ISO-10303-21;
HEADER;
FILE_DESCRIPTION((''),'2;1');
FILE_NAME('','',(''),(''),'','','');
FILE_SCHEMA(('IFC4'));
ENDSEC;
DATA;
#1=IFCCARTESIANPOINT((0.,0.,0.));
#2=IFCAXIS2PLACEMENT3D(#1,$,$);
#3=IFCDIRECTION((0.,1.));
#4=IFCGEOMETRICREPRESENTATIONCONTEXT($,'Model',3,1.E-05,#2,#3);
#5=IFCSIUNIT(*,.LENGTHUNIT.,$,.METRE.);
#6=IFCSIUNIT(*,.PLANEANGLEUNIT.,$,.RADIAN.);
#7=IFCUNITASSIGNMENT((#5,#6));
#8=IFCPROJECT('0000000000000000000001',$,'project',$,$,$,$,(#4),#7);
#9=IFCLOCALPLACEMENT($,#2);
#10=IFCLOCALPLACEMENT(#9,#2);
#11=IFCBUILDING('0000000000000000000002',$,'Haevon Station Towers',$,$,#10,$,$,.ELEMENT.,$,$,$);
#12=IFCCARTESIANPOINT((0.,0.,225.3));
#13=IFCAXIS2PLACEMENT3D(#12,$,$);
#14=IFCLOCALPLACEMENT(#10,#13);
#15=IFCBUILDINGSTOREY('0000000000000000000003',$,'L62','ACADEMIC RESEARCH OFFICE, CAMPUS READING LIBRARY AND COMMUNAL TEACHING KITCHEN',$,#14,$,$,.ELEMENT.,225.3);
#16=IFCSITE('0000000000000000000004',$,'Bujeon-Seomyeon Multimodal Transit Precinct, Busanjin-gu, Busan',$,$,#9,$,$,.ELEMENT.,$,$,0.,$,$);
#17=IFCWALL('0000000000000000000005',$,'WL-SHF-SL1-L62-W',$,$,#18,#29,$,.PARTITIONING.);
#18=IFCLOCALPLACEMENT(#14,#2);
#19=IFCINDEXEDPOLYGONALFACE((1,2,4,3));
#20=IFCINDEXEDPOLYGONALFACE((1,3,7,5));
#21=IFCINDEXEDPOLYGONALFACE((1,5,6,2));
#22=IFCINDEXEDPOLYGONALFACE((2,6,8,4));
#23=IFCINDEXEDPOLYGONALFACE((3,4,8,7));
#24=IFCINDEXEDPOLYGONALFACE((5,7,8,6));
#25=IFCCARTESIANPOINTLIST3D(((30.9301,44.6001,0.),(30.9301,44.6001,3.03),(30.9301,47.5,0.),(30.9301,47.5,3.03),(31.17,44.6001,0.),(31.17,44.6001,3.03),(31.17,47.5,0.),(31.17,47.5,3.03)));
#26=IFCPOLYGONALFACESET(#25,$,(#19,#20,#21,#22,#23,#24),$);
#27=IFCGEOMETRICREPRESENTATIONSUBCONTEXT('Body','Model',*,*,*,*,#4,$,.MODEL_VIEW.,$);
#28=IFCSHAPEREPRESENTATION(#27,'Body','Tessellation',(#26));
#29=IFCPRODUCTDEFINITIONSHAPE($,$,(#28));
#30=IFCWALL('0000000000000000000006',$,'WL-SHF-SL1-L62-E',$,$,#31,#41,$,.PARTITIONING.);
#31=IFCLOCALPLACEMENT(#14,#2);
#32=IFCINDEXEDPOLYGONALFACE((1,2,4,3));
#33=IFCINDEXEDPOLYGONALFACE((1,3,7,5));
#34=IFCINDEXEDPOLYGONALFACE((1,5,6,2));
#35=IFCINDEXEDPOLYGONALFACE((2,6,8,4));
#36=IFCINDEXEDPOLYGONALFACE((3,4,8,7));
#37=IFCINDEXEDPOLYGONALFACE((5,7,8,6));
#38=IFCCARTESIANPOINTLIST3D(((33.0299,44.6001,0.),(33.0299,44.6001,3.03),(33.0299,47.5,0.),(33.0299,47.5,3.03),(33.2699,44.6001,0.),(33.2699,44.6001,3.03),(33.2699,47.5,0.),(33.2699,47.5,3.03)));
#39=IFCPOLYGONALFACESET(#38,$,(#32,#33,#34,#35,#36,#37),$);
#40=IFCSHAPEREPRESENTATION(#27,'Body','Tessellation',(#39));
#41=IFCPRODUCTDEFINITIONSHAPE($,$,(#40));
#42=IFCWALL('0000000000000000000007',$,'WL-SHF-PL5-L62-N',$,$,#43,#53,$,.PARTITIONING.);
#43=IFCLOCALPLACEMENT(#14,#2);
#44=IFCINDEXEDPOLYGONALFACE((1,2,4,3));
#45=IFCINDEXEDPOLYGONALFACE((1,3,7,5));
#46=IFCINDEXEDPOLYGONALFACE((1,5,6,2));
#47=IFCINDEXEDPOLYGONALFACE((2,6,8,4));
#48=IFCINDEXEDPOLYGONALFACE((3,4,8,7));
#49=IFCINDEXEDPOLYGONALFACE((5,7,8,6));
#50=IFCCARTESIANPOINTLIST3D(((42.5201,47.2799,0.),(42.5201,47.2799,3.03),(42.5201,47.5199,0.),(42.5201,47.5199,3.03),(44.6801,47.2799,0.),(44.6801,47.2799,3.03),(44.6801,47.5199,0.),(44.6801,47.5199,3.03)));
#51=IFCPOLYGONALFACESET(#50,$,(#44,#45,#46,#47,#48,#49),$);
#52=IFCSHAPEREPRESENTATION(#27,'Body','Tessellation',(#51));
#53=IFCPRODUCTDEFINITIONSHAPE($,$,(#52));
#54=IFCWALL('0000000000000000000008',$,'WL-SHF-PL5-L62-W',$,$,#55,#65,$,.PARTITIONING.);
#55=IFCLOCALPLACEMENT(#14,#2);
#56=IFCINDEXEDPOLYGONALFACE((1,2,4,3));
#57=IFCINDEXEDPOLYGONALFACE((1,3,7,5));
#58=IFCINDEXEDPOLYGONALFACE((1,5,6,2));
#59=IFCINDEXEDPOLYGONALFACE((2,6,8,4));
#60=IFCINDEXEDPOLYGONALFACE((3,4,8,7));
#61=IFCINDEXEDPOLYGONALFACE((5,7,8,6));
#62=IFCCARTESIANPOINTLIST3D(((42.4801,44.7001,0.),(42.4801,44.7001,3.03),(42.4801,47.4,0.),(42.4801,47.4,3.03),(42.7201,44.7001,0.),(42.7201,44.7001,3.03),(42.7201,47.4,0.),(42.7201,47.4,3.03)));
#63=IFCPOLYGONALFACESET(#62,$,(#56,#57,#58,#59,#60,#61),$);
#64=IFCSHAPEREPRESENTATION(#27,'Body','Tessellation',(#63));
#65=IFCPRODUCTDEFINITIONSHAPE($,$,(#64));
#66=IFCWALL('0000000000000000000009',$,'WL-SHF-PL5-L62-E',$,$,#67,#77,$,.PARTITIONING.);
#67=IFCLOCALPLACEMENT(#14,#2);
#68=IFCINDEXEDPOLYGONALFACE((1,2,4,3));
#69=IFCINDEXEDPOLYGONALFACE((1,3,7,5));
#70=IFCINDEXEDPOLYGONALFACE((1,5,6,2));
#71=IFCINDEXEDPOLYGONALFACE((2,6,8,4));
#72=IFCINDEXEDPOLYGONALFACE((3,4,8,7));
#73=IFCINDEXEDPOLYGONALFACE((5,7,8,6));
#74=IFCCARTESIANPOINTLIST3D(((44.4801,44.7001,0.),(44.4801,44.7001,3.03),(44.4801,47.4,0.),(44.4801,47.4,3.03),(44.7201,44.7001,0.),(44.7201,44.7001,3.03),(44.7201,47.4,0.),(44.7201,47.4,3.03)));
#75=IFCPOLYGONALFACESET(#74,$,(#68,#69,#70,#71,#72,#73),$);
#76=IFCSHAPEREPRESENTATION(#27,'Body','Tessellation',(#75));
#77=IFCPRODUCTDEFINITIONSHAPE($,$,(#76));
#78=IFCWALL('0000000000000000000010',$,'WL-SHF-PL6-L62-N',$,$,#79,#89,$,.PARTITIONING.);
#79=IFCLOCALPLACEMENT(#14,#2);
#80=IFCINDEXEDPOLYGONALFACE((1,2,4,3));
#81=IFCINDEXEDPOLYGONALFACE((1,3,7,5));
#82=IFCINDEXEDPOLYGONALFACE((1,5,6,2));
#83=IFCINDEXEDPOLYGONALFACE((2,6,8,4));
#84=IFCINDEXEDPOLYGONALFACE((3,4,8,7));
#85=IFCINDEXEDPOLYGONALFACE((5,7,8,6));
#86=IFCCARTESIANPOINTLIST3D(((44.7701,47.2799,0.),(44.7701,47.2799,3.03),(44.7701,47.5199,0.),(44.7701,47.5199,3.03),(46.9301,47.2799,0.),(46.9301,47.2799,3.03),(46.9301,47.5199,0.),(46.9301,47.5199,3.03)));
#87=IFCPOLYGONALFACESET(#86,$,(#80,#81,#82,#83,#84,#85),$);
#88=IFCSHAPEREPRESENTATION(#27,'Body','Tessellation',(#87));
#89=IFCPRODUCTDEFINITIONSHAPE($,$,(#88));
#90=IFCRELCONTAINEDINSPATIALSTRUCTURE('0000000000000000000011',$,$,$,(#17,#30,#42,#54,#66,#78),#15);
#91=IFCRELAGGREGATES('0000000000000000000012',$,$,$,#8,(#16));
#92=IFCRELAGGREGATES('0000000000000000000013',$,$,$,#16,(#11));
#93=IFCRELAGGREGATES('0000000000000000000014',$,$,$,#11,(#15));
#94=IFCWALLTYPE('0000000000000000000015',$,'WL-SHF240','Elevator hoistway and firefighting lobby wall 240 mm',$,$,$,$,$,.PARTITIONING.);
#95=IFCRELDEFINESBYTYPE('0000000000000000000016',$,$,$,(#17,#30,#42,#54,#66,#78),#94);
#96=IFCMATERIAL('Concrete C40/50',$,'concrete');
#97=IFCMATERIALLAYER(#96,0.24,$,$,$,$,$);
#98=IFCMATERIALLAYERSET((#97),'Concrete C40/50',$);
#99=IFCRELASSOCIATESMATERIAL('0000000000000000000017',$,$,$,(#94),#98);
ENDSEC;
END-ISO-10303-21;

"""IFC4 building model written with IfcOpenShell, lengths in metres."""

from ifc_helpers import new_model, si_unit, direction, frame, frame_2d, origin, place, context, subcontext, project, spatial, rectangle, extrude, material, layer, layer_set, type_object, element, save


model = new_model("IFC4")

# Units and contexts
model_context = context("Model", 3, precision=1e-05, world=origin(), true_north=direction((0.0, 1.0)))
body_context = subcontext(model_context, "Body", "Model", "MODEL_VIEW")
ifc_project = project(units=[si_unit("LENGTHUNIT", "METRE"), si_unit("PLANEANGLEUNIT", "RADIAN")], contexts=[model_context])

# Site, building, storey
site_placement = place(None, origin())
site = spatial("IfcSite", under=ifc_project, at=site_placement, Name="Bujeon-Seomyeon Multimodal Transit Precinct, Busanjin-gu, Busan", CompositionType="ELEMENT", RefElevation=0.0)
building_placement = place(site_placement, origin())
building = spatial("IfcBuilding", under=site, at=building_placement, Name="Haevon Station Towers", CompositionType="ELEMENT")
storey_placement = place(building_placement, frame((0.0, 0.0, 225.3)))
storey = spatial("IfcBuildingStorey", under=building, at=storey_placement, Name="L62", Description="ACADEMIC RESEARCH OFFICE, CAMPUS READING LIBRARY AND COMMUNAL TEACHING KITCHEN", CompositionType="ELEMENT", Elevation=225.3)

# Shared definitions
ifc_material_1 = material(Name="Concrete C40/50", Category="concrete")
ifc_layer_1 = layer(ifc_material_1, 0.24)
ifc_layer_set_1 = layer_set([ifc_layer_1], Name="Concrete C40/50")
wall_type_1 = type_object("IfcWallType", Name="WL-SHF240", Description="Elevator hoistway and firefighting lobby wall 240 mm", PredefinedType="PARTITIONING", material=ifc_layer_set_1)

# Walls
for number, where, z_axis, x_axis, name in (
    (1, (31.05, 44.6001, 0.0), (0.0, 0.0, 1.0), (0.0, 1.0, 0.0), "WL-SHF-SL1-L62-W"),
    (2, (33.1499, 44.6001, 0.0), (0.0, 0.0, 1.0), (0.0, 1.0, 0.0), "WL-SHF-SL1-L62-E"),
):
    element("IfcWall", number, at=place(storey_placement, frame(where, z_axis=z_axis, x_axis=x_axis)), inside=storey, type_object=wall_type_1, Name=name, PredefinedType="PARTITIONING", context=body_context, shape_type="SweptSolid", body=[
        extrude(rectangle(XDim=2.8999, YDim=0.24, at=frame_2d((1.45, 0.0))), origin(), (0.0, 0.0, 1.0), 3.03),
    ])

# Walls
wall_1_placement = place(storey_placement, frame((42.52, 47.3999, 0.0), z_axis=(0.0, 0.0, 1.0), x_axis=(1.0, 0.0, 0.0)))
element("IfcWall", 3, at=wall_1_placement, inside=storey, type_object=wall_type_1, Name="WL-SHF-PL5-L62-N", PredefinedType="PARTITIONING", context=body_context, shape_type="SweptSolid", body=[
    extrude(rectangle(XDim=2.1599, YDim=0.24, at=frame_2d((1.0801, 0.0))), origin(), (0.0, 0.0, 1.0), 3.03),
])
for number, where, z_axis, x_axis, name in (
    (4, (42.6001, 44.7, 0.0), (0.0, 0.0, 1.0), (0.0, 1.0, 0.0), "WL-SHF-PL5-L62-W"),
    (5, (44.6001, 44.7, 0.0), (0.0, 0.0, 1.0), (0.0, 1.0, 0.0), "WL-SHF-PL5-L62-E"),
):
    element("IfcWall", number, at=place(storey_placement, frame(where, z_axis=z_axis, x_axis=x_axis)), inside=storey, type_object=wall_type_1, Name=name, PredefinedType="PARTITIONING", context=body_context, shape_type="SweptSolid", body=[
        extrude(rectangle(XDim=2.7, YDim=0.24, at=frame_2d((1.3501, 0.0))), origin(), (0.0, 0.0, 1.0), 3.03),
    ])

# Wall
wall_2_placement = place(storey_placement, frame((44.77, 47.3999, 0.0), z_axis=(0.0, 0.0, 1.0), x_axis=(1.0, 0.0, 0.0)))
element("IfcWall", 6, at=wall_2_placement, inside=storey, type_object=wall_type_1, Name="WL-SHF-PL6-L62-N", PredefinedType="PARTITIONING", context=body_context, shape_type="SweptSolid", body=[
    extrude(rectangle(XDim=2.1599, YDim=0.24, at=frame_2d((1.0801, 0.0))), origin(), (0.0, 0.0, 1.0), 3.03),
])

save(model, "model.ifc")
